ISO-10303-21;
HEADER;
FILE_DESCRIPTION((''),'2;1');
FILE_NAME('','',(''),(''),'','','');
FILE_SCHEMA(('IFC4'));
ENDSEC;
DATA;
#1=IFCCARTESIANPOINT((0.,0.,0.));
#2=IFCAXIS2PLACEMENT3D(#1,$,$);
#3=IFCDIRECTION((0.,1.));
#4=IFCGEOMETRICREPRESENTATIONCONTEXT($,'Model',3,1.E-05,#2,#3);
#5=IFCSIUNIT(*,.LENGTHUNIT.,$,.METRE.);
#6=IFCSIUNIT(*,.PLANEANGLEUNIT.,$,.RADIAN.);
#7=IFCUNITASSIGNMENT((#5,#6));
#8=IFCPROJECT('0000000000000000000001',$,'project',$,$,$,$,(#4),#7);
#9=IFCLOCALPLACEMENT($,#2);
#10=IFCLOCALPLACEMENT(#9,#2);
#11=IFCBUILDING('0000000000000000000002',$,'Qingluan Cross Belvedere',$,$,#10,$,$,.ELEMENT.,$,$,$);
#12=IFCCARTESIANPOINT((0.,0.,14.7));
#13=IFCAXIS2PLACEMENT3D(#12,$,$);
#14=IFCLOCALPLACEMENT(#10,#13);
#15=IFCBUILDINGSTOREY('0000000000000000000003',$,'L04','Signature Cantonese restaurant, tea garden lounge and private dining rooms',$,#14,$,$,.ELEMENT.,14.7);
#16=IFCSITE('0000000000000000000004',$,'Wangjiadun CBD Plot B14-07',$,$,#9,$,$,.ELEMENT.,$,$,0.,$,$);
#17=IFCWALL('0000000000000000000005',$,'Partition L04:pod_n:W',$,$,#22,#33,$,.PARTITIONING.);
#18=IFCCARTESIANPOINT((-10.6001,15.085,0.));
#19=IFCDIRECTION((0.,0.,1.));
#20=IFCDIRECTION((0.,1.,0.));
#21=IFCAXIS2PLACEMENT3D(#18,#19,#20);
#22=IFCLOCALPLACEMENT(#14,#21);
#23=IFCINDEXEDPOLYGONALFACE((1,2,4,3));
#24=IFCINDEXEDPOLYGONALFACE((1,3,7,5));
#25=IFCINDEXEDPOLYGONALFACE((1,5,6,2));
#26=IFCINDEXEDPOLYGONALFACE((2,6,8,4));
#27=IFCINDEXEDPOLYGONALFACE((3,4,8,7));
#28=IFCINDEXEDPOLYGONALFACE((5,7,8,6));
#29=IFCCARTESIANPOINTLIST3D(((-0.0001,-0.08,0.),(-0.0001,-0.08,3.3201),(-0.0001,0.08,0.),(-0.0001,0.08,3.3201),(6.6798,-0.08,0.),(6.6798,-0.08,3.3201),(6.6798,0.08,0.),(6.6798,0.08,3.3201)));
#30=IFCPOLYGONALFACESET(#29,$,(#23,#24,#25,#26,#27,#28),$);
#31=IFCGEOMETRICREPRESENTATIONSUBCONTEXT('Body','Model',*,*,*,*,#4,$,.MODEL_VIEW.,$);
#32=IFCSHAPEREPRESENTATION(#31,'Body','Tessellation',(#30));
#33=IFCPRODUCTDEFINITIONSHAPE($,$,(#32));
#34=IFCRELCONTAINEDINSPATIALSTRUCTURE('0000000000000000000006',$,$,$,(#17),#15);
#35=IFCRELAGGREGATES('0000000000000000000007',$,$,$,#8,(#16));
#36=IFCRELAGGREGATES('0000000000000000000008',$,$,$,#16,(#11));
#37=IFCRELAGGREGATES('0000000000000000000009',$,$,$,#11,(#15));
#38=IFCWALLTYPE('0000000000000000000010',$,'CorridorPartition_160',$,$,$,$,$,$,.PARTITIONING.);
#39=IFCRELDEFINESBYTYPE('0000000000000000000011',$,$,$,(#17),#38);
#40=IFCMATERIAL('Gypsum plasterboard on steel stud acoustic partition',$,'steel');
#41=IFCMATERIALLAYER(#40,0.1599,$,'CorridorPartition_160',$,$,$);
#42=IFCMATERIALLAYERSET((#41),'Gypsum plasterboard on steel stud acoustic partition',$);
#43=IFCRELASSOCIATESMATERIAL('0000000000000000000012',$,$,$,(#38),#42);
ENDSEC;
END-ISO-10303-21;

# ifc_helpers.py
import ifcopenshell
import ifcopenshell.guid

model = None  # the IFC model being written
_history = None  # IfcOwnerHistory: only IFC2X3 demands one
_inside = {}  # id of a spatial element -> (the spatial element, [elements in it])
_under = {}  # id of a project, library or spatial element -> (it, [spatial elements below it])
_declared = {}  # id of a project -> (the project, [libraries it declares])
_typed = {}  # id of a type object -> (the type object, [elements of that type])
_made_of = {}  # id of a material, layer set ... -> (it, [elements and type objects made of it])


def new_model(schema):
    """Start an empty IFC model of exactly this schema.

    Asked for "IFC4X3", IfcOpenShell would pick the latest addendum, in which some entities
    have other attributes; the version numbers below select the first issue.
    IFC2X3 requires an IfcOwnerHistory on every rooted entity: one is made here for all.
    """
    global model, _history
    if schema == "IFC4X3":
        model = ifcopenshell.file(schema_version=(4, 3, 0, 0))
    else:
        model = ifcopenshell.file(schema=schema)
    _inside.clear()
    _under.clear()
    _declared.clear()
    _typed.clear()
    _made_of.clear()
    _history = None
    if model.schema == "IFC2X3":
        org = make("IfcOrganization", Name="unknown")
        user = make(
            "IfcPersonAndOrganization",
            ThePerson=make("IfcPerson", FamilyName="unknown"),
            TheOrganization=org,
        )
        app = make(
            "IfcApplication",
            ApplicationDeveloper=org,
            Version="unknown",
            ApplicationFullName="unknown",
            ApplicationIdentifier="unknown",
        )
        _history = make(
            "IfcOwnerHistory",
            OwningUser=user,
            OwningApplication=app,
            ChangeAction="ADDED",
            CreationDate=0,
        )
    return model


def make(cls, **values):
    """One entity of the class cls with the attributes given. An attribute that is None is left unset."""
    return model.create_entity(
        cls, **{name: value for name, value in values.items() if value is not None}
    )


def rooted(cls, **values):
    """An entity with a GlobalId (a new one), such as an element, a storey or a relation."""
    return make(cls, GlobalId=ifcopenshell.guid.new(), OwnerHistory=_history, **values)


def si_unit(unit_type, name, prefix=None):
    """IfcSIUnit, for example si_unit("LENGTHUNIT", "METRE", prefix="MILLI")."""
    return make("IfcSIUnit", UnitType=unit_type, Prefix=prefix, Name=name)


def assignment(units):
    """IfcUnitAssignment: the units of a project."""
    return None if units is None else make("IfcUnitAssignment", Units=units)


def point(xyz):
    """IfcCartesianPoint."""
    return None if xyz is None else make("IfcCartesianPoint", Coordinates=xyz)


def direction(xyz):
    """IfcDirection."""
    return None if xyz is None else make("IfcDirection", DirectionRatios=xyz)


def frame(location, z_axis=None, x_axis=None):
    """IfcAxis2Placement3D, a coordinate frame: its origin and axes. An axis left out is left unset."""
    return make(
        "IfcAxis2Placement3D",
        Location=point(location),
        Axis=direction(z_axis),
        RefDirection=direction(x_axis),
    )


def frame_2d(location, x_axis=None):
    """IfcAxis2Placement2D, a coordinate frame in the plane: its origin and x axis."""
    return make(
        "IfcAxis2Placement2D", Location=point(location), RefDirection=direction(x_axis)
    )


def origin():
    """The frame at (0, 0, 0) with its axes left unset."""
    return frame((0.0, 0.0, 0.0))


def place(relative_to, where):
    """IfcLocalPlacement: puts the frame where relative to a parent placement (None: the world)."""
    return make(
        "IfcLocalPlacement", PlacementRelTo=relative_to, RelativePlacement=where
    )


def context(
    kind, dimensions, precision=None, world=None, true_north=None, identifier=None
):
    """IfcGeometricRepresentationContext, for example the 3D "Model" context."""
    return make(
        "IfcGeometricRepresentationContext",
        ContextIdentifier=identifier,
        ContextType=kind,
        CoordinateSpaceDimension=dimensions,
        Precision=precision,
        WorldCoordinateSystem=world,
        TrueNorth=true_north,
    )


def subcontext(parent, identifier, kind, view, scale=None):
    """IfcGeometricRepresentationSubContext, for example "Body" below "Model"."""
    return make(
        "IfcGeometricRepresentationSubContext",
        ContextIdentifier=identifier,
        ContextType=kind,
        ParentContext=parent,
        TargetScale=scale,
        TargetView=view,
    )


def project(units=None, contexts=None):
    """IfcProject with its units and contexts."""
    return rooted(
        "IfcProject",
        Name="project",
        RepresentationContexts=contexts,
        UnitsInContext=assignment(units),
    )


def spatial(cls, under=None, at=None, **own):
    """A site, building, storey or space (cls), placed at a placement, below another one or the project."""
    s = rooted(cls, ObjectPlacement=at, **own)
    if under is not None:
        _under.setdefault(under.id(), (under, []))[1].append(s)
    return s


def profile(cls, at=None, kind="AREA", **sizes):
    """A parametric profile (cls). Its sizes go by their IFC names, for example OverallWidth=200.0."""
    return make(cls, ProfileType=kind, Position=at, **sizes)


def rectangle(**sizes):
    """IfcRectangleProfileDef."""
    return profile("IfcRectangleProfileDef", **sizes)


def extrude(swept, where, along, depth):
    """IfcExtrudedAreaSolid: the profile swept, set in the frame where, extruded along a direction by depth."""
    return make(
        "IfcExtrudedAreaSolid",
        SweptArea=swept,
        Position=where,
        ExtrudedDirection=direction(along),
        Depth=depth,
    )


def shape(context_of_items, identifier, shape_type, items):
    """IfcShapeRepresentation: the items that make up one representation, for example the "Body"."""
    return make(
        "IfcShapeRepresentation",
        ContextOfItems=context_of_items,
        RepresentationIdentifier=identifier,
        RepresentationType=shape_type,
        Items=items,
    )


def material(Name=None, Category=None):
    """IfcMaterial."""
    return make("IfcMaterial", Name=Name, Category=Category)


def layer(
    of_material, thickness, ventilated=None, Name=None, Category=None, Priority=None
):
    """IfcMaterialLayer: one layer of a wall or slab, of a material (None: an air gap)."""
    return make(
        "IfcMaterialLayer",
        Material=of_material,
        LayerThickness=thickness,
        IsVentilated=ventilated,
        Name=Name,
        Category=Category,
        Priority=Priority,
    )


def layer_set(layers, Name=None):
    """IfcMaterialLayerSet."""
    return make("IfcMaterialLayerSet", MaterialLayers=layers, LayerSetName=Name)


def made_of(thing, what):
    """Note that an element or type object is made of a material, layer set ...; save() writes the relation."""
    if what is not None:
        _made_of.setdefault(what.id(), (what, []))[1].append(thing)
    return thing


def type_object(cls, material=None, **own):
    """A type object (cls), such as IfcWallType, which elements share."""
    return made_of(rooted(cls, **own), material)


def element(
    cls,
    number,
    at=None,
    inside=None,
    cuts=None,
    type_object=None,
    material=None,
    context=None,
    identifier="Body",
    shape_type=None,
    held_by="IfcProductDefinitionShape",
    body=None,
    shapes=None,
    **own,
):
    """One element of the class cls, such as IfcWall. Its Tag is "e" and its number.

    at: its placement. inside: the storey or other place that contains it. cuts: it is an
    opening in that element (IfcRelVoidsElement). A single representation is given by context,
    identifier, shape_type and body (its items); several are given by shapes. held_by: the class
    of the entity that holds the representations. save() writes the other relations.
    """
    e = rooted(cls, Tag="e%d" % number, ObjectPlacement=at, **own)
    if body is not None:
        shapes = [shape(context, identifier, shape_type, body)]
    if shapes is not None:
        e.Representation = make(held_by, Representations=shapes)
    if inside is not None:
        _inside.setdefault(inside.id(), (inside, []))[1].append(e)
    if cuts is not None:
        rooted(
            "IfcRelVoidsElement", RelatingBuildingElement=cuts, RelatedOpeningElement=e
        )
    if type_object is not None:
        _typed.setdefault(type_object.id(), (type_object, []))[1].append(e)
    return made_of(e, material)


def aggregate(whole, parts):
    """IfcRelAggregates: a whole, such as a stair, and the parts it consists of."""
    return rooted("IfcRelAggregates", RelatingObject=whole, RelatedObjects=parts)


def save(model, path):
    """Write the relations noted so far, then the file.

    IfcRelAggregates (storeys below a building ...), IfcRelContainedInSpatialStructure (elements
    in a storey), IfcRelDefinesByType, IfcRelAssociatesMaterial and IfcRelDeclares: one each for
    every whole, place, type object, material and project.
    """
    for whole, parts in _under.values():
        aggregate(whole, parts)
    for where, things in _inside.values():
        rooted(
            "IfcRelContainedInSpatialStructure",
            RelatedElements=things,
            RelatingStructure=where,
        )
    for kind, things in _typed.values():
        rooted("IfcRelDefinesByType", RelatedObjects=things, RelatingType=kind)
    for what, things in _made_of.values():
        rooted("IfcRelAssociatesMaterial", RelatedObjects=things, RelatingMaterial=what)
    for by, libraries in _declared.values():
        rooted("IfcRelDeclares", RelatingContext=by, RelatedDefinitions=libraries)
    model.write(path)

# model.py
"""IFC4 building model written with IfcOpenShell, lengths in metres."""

from ifc_helpers import new_model, si_unit, direction, frame, frame_2d, origin, place, context, subcontext, project, spatial, rectangle, extrude, material, layer, layer_set, type_object, element, save


model = new_model("IFC4")

# Units and contexts
model_context = context("Model", 3, precision=1e-05, world=origin(), true_north=direction((0.0, 1.0)))
body_context = subcontext(model_context, "Body", "Model", "MODEL_VIEW")
ifc_project = project(units=[si_unit("LENGTHUNIT", "METRE"), si_unit("PLANEANGLEUNIT", "RADIAN")], contexts=[model_context])

# Site, building, storey
site_placement = place(None, origin())
site = spatial("IfcSite", under=ifc_project, at=site_placement, Name="Wangjiadun CBD Plot B14-07", CompositionType="ELEMENT", RefElevation=0.0)
building_placement = place(site_placement, origin())
building = spatial("IfcBuilding", under=site, at=building_placement, Name="Qingluan Cross Belvedere", CompositionType="ELEMENT")
storey_placement = place(building_placement, frame((0.0, 0.0, 14.7)))
storey = spatial("IfcBuildingStorey", under=building, at=storey_placement, Name="L04", Description="Signature Cantonese restaurant, tea garden lounge and private dining rooms", CompositionType="ELEMENT", Elevation=14.7)

# Shared definitions
ifc_material_1 = material(Name="Gypsum plasterboard on steel stud acoustic partition", Category="steel")
ifc_layer_1 = layer(ifc_material_1, 0.1599, Name="CorridorPartition_160")
ifc_layer_set_1 = layer_set([ifc_layer_1], Name="Gypsum plasterboard on steel stud acoustic partition")
wall_type_1 = type_object("IfcWallType", Name="CorridorPartition_160", PredefinedType="PARTITIONING", material=ifc_layer_set_1)

# Wall
wall_1_placement = place(storey_placement, frame((-10.6001, 15.085, 0.0), z_axis=(0.0, 0.0, 1.0), x_axis=(0.0, 1.0, 0.0)))
element("IfcWall", 1, at=wall_1_placement, inside=storey, type_object=wall_type_1, Name="Partition L04:pod_n:W", PredefinedType="PARTITIONING", context=body_context, shape_type="SweptSolid", body=[
    extrude(rectangle(XDim=6.6799, YDim=0.1599, at=frame_2d((3.3398, 0.0))), origin(), (0.0, 0.0, 1.0), 3.3201),
])

save(model, "model.ifc")
